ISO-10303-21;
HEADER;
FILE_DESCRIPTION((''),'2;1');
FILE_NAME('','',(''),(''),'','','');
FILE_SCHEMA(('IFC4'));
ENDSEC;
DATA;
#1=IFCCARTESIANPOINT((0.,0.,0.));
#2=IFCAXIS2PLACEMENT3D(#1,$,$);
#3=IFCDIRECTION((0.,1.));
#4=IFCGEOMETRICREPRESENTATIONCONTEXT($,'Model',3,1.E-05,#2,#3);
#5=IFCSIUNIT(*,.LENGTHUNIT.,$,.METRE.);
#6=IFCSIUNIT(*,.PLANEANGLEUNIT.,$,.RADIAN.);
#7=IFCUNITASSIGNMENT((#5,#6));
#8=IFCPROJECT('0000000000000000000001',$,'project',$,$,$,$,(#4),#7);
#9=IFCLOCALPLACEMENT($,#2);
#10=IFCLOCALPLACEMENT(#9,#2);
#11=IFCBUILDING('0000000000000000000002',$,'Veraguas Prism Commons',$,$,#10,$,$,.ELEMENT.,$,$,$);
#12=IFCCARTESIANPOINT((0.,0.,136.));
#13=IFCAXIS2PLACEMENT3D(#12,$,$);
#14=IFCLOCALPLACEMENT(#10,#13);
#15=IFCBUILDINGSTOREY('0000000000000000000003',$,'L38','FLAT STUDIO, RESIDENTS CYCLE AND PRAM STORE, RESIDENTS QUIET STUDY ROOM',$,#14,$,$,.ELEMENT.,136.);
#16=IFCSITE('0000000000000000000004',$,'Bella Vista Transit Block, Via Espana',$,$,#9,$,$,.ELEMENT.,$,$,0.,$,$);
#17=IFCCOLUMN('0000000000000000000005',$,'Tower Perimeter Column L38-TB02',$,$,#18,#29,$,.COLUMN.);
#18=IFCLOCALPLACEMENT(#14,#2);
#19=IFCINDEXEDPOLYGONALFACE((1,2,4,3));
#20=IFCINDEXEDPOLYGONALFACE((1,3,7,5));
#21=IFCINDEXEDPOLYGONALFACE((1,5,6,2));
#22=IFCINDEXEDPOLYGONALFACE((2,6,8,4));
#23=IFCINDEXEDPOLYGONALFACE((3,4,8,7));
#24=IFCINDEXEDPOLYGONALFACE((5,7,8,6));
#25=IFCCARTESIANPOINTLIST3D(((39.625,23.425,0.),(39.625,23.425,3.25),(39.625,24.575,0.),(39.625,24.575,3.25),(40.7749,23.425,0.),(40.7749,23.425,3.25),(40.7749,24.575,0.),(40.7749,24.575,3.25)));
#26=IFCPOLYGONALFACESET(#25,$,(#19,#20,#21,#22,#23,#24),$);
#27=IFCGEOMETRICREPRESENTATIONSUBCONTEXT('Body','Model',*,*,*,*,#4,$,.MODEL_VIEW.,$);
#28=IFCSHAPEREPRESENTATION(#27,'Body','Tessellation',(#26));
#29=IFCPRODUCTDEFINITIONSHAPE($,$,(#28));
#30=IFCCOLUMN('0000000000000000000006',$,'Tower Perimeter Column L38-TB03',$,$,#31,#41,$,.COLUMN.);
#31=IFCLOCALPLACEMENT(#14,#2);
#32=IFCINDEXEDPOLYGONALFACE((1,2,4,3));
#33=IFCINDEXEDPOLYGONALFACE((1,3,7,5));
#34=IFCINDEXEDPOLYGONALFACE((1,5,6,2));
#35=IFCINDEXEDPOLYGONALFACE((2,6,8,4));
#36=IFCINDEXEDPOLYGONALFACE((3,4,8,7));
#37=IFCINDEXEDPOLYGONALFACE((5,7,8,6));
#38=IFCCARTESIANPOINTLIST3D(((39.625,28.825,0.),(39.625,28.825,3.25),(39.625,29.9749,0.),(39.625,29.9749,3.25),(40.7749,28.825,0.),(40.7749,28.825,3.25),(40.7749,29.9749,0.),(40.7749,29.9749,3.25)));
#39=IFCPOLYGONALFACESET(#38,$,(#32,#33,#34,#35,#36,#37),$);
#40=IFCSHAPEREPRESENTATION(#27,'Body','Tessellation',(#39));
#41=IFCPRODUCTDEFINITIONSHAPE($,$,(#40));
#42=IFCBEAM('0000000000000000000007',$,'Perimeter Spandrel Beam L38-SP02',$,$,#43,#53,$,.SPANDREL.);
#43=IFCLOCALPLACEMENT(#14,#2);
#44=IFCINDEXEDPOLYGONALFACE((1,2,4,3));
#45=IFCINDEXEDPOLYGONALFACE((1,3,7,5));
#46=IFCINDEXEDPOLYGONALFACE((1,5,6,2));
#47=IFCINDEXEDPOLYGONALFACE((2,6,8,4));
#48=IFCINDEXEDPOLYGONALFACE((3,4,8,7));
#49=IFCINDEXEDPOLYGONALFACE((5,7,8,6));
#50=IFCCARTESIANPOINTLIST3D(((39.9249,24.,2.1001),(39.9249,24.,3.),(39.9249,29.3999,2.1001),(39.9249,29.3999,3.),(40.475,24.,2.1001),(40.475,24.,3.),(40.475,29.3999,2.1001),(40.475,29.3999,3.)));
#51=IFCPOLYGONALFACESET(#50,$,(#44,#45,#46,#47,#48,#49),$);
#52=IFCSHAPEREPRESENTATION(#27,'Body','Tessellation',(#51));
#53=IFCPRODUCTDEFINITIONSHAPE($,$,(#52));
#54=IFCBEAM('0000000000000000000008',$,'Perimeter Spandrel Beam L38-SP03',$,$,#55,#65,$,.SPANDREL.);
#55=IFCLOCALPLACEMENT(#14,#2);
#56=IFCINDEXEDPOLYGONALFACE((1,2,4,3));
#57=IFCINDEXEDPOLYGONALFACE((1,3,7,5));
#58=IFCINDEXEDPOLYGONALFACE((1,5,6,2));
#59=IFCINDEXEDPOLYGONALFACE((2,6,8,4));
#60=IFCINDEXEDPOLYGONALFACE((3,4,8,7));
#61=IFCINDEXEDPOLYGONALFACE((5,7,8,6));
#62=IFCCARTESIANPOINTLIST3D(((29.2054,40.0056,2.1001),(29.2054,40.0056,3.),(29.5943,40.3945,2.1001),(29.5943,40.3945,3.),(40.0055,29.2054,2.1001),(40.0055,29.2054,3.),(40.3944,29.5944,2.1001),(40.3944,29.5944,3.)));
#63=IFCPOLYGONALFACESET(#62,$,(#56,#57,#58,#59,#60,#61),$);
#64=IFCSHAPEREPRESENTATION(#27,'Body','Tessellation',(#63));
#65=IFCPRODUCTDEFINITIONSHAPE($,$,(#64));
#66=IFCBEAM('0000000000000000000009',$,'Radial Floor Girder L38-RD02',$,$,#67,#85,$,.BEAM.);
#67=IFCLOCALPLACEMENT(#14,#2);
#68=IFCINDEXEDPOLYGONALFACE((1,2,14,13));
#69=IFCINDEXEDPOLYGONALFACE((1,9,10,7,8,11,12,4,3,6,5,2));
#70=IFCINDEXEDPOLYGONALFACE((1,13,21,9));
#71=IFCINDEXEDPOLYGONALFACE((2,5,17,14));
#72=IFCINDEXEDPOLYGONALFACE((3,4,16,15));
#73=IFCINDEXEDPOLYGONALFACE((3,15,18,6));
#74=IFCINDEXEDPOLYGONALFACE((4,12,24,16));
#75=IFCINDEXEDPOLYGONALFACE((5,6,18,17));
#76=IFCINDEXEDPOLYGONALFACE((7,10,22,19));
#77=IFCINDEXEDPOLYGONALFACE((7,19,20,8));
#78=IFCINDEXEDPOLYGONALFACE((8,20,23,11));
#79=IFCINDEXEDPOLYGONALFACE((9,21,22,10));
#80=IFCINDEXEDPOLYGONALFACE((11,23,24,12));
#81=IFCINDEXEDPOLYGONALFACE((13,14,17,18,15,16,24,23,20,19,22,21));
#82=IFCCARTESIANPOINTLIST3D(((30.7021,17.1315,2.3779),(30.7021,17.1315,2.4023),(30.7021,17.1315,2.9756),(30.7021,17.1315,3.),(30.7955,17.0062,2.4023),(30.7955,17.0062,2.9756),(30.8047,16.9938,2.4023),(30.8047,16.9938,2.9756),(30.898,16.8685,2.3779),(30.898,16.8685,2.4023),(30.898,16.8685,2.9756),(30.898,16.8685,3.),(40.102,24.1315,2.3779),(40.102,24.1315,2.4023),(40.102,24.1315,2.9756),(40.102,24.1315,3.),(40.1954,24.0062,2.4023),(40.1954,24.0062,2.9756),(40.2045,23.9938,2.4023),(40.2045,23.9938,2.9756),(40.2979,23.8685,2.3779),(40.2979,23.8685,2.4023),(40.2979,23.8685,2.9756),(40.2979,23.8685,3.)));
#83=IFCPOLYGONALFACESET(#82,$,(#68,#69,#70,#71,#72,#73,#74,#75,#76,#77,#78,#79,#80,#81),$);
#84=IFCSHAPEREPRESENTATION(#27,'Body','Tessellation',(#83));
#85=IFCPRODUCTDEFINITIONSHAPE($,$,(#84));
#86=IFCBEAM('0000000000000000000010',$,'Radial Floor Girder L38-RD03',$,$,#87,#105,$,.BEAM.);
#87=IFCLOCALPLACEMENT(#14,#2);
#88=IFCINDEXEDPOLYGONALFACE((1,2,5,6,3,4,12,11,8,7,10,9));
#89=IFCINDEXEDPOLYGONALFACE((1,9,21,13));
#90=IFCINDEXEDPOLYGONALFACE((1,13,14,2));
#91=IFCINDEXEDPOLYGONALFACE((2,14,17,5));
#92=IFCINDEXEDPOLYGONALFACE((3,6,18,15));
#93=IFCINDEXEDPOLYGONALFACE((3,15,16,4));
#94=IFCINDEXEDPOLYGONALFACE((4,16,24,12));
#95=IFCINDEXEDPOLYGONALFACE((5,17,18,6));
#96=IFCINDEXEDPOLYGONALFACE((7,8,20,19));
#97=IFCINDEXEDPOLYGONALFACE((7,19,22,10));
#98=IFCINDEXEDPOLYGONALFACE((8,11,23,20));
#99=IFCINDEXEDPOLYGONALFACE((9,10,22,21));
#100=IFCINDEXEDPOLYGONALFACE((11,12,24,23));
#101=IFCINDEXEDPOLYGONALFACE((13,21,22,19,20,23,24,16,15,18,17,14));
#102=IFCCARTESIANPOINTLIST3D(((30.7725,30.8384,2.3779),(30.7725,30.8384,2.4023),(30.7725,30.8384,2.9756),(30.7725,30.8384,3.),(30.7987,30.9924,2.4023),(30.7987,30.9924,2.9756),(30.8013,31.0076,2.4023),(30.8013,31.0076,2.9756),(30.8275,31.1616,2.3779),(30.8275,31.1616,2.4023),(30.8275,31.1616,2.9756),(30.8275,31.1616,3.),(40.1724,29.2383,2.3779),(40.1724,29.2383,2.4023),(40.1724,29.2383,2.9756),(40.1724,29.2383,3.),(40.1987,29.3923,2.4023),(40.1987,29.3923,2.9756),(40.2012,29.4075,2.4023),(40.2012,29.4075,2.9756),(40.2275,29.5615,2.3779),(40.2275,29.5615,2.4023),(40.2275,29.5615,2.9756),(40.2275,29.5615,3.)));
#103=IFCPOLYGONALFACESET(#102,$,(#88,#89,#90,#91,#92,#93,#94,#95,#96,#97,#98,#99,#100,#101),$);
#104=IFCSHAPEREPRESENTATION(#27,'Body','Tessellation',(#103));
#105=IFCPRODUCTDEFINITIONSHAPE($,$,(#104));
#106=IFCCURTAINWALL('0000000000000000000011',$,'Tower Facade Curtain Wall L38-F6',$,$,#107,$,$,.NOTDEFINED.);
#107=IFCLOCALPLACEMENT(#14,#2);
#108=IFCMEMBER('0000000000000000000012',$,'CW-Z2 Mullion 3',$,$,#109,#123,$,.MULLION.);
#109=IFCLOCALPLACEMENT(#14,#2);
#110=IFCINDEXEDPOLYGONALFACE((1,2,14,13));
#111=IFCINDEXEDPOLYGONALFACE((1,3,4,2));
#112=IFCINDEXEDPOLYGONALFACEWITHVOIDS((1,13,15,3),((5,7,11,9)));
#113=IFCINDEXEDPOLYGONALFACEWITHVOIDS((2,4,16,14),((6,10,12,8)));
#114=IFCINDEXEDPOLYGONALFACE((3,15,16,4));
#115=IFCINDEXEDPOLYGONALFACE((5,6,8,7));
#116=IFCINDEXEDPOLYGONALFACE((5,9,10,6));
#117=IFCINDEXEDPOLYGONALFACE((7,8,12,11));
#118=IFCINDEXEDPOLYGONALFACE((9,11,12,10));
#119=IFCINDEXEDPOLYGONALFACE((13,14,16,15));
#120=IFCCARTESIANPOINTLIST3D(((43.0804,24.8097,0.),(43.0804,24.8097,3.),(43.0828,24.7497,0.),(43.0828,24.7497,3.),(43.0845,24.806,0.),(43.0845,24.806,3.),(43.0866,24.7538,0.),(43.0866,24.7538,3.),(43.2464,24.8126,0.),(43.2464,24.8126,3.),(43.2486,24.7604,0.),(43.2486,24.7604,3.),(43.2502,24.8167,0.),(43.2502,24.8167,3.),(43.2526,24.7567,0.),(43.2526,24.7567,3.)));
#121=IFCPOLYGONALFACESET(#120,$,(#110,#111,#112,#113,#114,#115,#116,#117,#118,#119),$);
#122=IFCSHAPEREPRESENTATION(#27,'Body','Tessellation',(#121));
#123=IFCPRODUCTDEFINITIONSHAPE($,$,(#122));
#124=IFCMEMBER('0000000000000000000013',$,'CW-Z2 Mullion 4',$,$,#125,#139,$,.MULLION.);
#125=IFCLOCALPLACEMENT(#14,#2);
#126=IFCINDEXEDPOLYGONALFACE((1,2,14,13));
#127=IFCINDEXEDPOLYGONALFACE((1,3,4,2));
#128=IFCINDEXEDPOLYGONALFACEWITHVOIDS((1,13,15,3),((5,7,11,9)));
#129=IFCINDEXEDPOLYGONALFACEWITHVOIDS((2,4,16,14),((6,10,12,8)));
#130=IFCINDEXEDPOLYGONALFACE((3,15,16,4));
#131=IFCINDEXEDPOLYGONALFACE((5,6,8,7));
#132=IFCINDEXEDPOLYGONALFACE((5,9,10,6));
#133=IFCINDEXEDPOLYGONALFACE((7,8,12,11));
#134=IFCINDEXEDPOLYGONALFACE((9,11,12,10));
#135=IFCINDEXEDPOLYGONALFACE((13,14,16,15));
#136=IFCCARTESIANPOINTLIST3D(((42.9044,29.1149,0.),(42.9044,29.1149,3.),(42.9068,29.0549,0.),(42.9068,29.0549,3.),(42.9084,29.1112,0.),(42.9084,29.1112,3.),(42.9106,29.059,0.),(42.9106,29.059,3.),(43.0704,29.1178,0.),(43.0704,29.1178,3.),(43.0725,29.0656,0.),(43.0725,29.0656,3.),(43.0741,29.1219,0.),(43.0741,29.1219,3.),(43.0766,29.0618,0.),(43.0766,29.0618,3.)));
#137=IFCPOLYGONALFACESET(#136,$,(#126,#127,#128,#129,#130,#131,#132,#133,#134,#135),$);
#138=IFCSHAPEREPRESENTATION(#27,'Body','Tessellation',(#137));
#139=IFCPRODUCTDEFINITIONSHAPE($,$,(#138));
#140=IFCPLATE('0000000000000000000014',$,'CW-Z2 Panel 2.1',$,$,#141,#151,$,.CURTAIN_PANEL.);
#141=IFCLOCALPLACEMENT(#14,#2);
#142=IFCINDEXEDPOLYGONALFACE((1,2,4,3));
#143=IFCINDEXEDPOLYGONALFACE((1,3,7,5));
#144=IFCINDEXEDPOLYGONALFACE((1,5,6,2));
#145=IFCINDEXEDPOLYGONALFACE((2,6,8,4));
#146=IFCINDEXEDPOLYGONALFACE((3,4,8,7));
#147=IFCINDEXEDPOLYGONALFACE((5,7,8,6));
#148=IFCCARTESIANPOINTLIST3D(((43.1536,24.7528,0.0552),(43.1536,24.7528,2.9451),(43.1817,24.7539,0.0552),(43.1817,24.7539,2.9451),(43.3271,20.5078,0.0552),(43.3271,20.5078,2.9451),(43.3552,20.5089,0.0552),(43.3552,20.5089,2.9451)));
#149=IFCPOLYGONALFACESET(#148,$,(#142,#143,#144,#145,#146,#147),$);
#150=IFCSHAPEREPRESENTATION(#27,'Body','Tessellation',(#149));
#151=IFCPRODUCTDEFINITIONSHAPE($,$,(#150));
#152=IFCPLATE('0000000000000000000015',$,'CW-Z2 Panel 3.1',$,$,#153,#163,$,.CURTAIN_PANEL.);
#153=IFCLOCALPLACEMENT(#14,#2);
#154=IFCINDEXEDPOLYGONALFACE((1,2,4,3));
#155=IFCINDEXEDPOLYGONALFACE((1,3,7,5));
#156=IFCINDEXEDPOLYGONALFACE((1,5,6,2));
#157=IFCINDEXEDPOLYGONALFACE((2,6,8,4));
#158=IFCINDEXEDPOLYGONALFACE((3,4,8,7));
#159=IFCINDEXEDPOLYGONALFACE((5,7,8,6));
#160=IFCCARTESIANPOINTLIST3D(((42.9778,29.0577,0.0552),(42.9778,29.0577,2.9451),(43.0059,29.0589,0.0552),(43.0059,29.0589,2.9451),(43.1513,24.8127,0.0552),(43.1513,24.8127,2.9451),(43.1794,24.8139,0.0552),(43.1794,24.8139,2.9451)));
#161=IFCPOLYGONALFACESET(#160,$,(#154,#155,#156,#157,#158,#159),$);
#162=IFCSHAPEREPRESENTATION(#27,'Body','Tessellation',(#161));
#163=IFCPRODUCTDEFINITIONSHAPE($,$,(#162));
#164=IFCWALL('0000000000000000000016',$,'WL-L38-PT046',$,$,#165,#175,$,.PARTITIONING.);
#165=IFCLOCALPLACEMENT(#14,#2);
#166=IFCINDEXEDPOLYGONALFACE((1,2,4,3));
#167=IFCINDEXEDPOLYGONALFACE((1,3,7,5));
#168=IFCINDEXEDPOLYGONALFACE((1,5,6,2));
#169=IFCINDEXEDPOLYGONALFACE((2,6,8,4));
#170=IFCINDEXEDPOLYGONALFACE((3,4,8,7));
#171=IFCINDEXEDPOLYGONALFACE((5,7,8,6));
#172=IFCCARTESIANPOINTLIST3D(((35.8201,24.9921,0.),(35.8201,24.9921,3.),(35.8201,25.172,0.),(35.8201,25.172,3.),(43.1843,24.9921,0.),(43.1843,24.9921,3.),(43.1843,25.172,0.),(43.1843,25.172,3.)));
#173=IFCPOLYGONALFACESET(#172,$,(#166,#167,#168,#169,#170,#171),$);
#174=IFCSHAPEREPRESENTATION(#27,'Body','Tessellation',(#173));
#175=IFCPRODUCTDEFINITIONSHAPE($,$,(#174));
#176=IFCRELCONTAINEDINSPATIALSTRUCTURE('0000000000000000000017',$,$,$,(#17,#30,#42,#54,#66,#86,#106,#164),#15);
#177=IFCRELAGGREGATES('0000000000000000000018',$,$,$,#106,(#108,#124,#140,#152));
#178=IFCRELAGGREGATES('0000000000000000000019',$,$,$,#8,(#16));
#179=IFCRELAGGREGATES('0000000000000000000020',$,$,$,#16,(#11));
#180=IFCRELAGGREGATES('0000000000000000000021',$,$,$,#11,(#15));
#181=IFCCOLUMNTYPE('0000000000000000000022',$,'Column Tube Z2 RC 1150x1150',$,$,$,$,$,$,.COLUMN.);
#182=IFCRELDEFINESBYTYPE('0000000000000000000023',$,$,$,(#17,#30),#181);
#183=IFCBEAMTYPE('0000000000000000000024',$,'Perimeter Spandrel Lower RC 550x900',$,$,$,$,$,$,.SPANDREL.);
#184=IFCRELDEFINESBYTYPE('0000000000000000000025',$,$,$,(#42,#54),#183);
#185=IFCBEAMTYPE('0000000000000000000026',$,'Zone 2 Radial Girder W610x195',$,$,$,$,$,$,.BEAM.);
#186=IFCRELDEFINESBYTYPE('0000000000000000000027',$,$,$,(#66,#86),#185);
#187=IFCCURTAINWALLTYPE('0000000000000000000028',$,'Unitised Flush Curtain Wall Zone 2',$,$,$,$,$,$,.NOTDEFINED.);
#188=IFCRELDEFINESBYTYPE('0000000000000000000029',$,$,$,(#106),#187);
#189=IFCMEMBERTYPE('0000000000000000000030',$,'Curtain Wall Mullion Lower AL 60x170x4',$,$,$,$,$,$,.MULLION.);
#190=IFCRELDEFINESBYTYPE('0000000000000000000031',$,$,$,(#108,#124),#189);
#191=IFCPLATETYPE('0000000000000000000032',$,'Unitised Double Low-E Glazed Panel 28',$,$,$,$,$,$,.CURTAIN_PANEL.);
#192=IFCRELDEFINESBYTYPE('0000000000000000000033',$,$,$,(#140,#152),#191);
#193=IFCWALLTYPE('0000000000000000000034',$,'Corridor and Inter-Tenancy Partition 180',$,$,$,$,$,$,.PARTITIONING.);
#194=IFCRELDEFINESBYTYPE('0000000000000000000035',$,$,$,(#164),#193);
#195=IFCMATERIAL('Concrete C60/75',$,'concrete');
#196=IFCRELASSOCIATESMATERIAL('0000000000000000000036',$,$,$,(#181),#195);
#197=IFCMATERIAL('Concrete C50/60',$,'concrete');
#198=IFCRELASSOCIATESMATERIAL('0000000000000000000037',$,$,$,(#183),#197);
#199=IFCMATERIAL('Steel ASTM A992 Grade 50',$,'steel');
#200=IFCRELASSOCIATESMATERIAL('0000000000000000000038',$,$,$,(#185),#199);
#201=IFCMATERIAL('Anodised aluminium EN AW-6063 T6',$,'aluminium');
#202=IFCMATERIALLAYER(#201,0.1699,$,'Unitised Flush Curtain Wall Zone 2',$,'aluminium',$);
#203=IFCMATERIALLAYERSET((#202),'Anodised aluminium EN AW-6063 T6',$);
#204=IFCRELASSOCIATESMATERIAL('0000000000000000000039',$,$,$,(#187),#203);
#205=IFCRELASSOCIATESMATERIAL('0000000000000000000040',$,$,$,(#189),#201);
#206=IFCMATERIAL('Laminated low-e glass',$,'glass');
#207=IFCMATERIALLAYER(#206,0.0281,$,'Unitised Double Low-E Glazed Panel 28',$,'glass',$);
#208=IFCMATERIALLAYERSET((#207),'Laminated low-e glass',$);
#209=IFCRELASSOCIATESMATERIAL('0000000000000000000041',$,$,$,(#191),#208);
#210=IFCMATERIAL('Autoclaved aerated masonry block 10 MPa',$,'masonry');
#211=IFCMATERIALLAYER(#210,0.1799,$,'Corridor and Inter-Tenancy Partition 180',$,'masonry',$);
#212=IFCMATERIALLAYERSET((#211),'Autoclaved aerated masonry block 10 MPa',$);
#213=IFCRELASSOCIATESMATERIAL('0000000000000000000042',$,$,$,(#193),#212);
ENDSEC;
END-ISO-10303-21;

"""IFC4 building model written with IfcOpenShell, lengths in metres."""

from ifc_helpers import new_model, si_unit, direction, frame, frame_2d, origin, origin_2d, place, context, subcontext, project, spatial, rectangle, hollow_rectangle, i_section, extrude, source, transform, mapped, material, layer, layer_set, material_profile, profile_set, type_object, element, aggregate, save


model = new_model("IFC4")

# Units and contexts
model_context = context("Model", 3, precision=1e-05, world=origin(), true_north=direction((0.0, 1.0)))
body_context = subcontext(model_context, "Body", "Model", "MODEL_VIEW")
ifc_project = project(units=[si_unit("LENGTHUNIT", "METRE"), si_unit("PLANEANGLEUNIT", "RADIAN")], contexts=[model_context])

# Site, building, storey
site_placement = place(None, origin())
site = spatial("IfcSite", under=ifc_project, at=site_placement, Name="Bella Vista Transit Block, Via Espana", CompositionType="ELEMENT", RefElevation=0.0)
building_placement = place(site_placement, origin())
building = spatial("IfcBuilding", under=site, at=building_placement, Name="Veraguas Prism Commons", CompositionType="ELEMENT")
storey_placement = place(building_placement, frame((0.0, 0.0, 136.0)))
storey = spatial("IfcBuildingStorey", under=building, at=storey_placement, Name="L38", Description="FLAT STUDIO, RESIDENTS CYCLE AND PRAM STORE, RESIDENTS QUIET STUDY ROOM", CompositionType="ELEMENT", Elevation=136.0)

# Columns
ifc_material_1 = material(Name="Concrete C60/75", Category="concrete")
ifc_material_profile_1 = material_profile(ifc_material_1, rectangle(XDim=1.1499, YDim=1.1499, at=origin_2d()), Name="RC1150X1150")
ifc_profile_set_1 = profile_set([ifc_material_profile_1], Name="Concrete C60/75")
column_type = type_object("IfcColumnType", Name="Column Tube Z2 RC 1150x1150", PredefinedType="COLUMN", material=ifc_profile_set_1)
for number, where, z_axis, x_axis, name in (
    (1, (40.2, 24.0, 0.0), (0.0, 0.0, 1.0), (1.0, 0.0, 0.0), "Tower Perimeter Column L38-TB02"),
    (2, (40.2, 29.3999, 0.0), (0.0, 0.0, 1.0), (1.0, 0.0, 0.0), "Tower Perimeter Column L38-TB03"),
):
    element("IfcColumn", number, at=place(storey_placement, frame(where, z_axis=z_axis, x_axis=x_axis)), inside=storey, type_object=column_type, Name=name, PredefinedType="COLUMN", context=body_context, shape_type="SweptSolid", body=[
        extrude(rectangle(XDim=1.1499, YDim=1.1499, at=origin_2d()), origin(), (0.0, 0.0, 1.0), 3.25),
    ])

# Beams
ifc_material_2 = material(Name="Concrete C50/60", Category="concrete")
ifc_material_profile_2 = material_profile(ifc_material_2, rectangle(XDim=0.55, YDim=0.8999, at=origin_2d()), Name="RC550X900")
ifc_profile_set_2 = profile_set([ifc_material_profile_2], Name="Concrete C50/60")
beam_type_1 = type_object("IfcBeamType", Name="Perimeter Spandrel Lower RC 550x900", PredefinedType="SPANDREL", material=ifc_profile_set_2)
beam_1_placement = place(storey_placement, frame((40.2, 24.0, 2.55), z_axis=(0.0, 1.0, 0.0), x_axis=(-1.0, 0.0, 0.0)))
element("IfcBeam", 3, at=beam_1_placement, inside=storey, type_object=beam_type_1, Name="Perimeter Spandrel Beam L38-SP02", PredefinedType="SPANDREL", context=body_context, shape_type="SweptSolid", body=[
    extrude(rectangle(XDim=0.55, YDim=0.8999, at=origin_2d()), origin(), (0.0, 0.0, 1.0), 5.3999),
])
beam_2_placement = place(storey_placement, frame((40.2, 29.3999, 2.55), z_axis=(-0.707107, 0.707107, 0.0), x_axis=(-0.707107, -0.707107, 0.0)))
element("IfcBeam", 4, at=beam_2_placement, inside=storey, type_object=beam_type_1, Name="Perimeter Spandrel Beam L38-SP03", PredefinedType="SPANDREL", context=body_context, shape_type="SweptSolid", body=[
    extrude(rectangle(XDim=0.55, YDim=0.8999, at=origin_2d()), origin(), (0.0, 0.0, 1.0), 15.2737),
])
ifc_material_3 = material(Name="Steel ASTM A992 Grade 50", Category="steel")
ifc_material_profile_3 = material_profile(ifc_material_3, i_section(OverallWidth=0.3279, OverallDepth=0.6221, WebThickness=0.0154, FlangeThickness=0.0244, at=origin_2d()), Name="W610X195")
ifc_profile_set_3 = profile_set([ifc_material_profile_3], Name="Steel ASTM A992 Grade 50")
beam_type_2 = type_object("IfcBeamType", Name="Zone 2 Radial Girder W610x195", PredefinedType="BEAM", material=ifc_profile_set_3)
beam_3_placement = place(storey_placement, frame((40.2, 24.0, 2.689), z_axis=(-0.80204, -0.59727, 0.0), x_axis=(0.59727, -0.80204, 0.0)))
element("IfcBeam", 5, at=beam_3_placement, inside=storey, type_object=beam_type_2, Name="Radial Floor Girder L38-RD02", PredefinedType="BEAM", context=body_context, shape_type="SweptSolid", body=[
    extrude(i_section(OverallWidth=0.3279, OverallDepth=0.6221, WebThickness=0.0154, FlangeThickness=0.0244, at=origin_2d()), origin(), (0.0, 0.0, 1.0), 11.72),
])
beam_4_placement = place(storey_placement, frame((40.2, 29.3999, 2.689), z_axis=(-0.985819, 0.167811, 0.0), x_axis=(-0.167811, -0.985819, 0.0)))
element("IfcBeam", 6, at=beam_4_placement, inside=storey, type_object=beam_type_2, Name="Radial Floor Girder L38-RD03", PredefinedType="BEAM", context=body_context, shape_type="SweptSolid", body=[
    extrude(i_section(OverallWidth=0.3279, OverallDepth=0.6221, WebThickness=0.0154, FlangeThickness=0.0244, at=origin_2d()), origin(), (0.0, 0.0, 1.0), 9.5352),
])

# Curtain wall, members, plates
ifc_material_4 = material(Name="Anodised aluminium EN AW-6063 T6", Category="aluminium")
ifc_layer_1 = layer(ifc_material_4, 0.1699, Name="Unitised Flush Curtain Wall Zone 2", Category="aluminium")
ifc_layer_set_1 = layer_set([ifc_layer_1], Name="Anodised aluminium EN AW-6063 T6")
curtain_wall_type = type_object("IfcCurtainWallType", Name="Unitised Flush Curtain Wall Zone 2", PredefinedType="NOTDEFINED", material=ifc_layer_set_1)
curtain_wall_placement = place(storey_placement, origin())
curtain_wall = element("IfcCurtainWall", 7, at=curtain_wall_placement, inside=storey, type_object=curtain_wall_type, Name="Tower Facade Curtain Wall L38-F6", PredefinedType="NOTDEFINED")
ifc_material_profile_4 = material_profile(ifc_material_4, hollow_rectangle(XDim=0.0601, YDim=0.1699, WallThickness=0.0039, at=origin_2d()), Name="AL60X170X4")
ifc_profile_set_4 = profile_set([ifc_material_profile_4], Name="Anodised aluminium EN AW-6063 T6")
member_type = type_object("IfcMemberType", Name="Curtain Wall Mullion Lower AL 60x170x4", PredefinedType="MULLION", material=ifc_profile_set_4)
shared_shape_1 = source(origin(), body_context, "Body", "SweptSolid", [
    extrude(hollow_rectangle(XDim=0.0601, YDim=0.1699, WallThickness=0.0039, at=origin_2d()), origin(), (0.0, 0.0, 1.0), 3.0),
])
member_1_placement = place(storey_placement, frame((43.1665, 24.7832, 0.0), z_axis=(0.0, 0.0, 1.0), x_axis=(-0.040836, 0.999166, 0.0)))
member_1 = element("IfcMember", 8, at=member_1_placement, type_object=member_type, Name="CW-Z2 Mullion 3", PredefinedType="MULLION", context=body_context, shape_type="MappedRepresentation", body=[
    mapped(shared_shape_1, transform((0.0, 0.0, 0.0), scale=1.0)),
])
member_2_placement = place(storey_placement, frame((42.9905, 29.0884, 0.0), z_axis=(0.0, 0.0, 1.0), x_axis=(-0.040836, 0.999166, 0.0)))
member_2 = element("IfcMember", 9, at=member_2_placement, type_object=member_type, Name="CW-Z2 Mullion 4", PredefinedType="MULLION", context=body_context, shape_type="MappedRepresentation", body=[
    mapped(shared_shape_1, transform((0.0, 0.0, 0.0), scale=1.0)),
])
ifc_material_5 = material(Name="Laminated low-e glass", Category="glass")
ifc_layer_2 = layer(ifc_material_5, 0.0281, Name="Unitised Double Low-E Glazed Panel 28", Category="glass")
ifc_layer_set_2 = layer_set([ifc_layer_2], Name="Laminated low-e glass")
plate_type = type_object("IfcPlateType", Name="Unitised Double Low-E Glazed Panel 28", PredefinedType="CURTAIN_PANEL", material=ifc_layer_set_2)
shared_shape_2 = source(origin(), body_context, "Body", "SweptSolid", [
    extrude(rectangle(XDim=4.2485, YDim=0.0281, at=origin_2d()), origin(), (0.0, 0.0, 1.0), 2.8899),
])
plate_1_placement = place(storey_placement, frame((43.2544, 22.6309, 0.0552), z_axis=(0.0, 0.0, 1.0), x_axis=(-0.040836, 0.999166, 0.0)))
plate_1 = element("IfcPlate", 10, at=plate_1_placement, type_object=plate_type, Name="CW-Z2 Panel 2.1", PredefinedType="CURTAIN_PANEL", context=body_context, shape_type="MappedRepresentation", body=[
    mapped(shared_shape_2, transform((0.0, 0.0, 0.0), scale=1.0)),
])
plate_2_placement = place(storey_placement, frame((43.0786, 26.9358, 0.0552), z_axis=(0.0, 0.0, 1.0), x_axis=(-0.040836, 0.999166, 0.0)))
plate_2 = element("IfcPlate", 11, at=plate_2_placement, type_object=plate_type, Name="CW-Z2 Panel 3.1", PredefinedType="CURTAIN_PANEL", context=body_context, shape_type="MappedRepresentation", body=[
    mapped(shared_shape_2, transform((0.0, 0.0, 0.0), scale=1.0)),
])
aggregate(curtain_wall, [member_1, member_2, plate_1, plate_2])

# Wall
ifc_material_6 = material(Name="Autoclaved aerated masonry block 10 MPa", Category="masonry")
ifc_layer_3 = layer(ifc_material_6, 0.1799, Name="Corridor and Inter-Tenancy Partition 180", Category="masonry")
ifc_layer_set_3 = layer_set([ifc_layer_3], Name="Autoclaved aerated masonry block 10 MPa")
wall_type_1 = type_object("IfcWallType", Name="Corridor and Inter-Tenancy Partition 180", PredefinedType="PARTITIONING", material=ifc_layer_set_3)
wall_1_placement = place(storey_placement, frame((35.8201, 25.082, 0.0), z_axis=(0.0, 0.0, 1.0), x_axis=(1.0, 0.0, 0.0)))
element("IfcWall", 12, at=wall_1_placement, inside=storey, type_object=wall_type_1, Name="WL-L38-PT046", PredefinedType="PARTITIONING", context=body_context, shape_type="SweptSolid", body=[
    extrude(rectangle(XDim=7.3643, YDim=0.1799, at=frame_2d((3.6821, 0.0))), origin(), (0.0, 0.0, 1.0), 3.0),
])

save(model, "model.ifc")
